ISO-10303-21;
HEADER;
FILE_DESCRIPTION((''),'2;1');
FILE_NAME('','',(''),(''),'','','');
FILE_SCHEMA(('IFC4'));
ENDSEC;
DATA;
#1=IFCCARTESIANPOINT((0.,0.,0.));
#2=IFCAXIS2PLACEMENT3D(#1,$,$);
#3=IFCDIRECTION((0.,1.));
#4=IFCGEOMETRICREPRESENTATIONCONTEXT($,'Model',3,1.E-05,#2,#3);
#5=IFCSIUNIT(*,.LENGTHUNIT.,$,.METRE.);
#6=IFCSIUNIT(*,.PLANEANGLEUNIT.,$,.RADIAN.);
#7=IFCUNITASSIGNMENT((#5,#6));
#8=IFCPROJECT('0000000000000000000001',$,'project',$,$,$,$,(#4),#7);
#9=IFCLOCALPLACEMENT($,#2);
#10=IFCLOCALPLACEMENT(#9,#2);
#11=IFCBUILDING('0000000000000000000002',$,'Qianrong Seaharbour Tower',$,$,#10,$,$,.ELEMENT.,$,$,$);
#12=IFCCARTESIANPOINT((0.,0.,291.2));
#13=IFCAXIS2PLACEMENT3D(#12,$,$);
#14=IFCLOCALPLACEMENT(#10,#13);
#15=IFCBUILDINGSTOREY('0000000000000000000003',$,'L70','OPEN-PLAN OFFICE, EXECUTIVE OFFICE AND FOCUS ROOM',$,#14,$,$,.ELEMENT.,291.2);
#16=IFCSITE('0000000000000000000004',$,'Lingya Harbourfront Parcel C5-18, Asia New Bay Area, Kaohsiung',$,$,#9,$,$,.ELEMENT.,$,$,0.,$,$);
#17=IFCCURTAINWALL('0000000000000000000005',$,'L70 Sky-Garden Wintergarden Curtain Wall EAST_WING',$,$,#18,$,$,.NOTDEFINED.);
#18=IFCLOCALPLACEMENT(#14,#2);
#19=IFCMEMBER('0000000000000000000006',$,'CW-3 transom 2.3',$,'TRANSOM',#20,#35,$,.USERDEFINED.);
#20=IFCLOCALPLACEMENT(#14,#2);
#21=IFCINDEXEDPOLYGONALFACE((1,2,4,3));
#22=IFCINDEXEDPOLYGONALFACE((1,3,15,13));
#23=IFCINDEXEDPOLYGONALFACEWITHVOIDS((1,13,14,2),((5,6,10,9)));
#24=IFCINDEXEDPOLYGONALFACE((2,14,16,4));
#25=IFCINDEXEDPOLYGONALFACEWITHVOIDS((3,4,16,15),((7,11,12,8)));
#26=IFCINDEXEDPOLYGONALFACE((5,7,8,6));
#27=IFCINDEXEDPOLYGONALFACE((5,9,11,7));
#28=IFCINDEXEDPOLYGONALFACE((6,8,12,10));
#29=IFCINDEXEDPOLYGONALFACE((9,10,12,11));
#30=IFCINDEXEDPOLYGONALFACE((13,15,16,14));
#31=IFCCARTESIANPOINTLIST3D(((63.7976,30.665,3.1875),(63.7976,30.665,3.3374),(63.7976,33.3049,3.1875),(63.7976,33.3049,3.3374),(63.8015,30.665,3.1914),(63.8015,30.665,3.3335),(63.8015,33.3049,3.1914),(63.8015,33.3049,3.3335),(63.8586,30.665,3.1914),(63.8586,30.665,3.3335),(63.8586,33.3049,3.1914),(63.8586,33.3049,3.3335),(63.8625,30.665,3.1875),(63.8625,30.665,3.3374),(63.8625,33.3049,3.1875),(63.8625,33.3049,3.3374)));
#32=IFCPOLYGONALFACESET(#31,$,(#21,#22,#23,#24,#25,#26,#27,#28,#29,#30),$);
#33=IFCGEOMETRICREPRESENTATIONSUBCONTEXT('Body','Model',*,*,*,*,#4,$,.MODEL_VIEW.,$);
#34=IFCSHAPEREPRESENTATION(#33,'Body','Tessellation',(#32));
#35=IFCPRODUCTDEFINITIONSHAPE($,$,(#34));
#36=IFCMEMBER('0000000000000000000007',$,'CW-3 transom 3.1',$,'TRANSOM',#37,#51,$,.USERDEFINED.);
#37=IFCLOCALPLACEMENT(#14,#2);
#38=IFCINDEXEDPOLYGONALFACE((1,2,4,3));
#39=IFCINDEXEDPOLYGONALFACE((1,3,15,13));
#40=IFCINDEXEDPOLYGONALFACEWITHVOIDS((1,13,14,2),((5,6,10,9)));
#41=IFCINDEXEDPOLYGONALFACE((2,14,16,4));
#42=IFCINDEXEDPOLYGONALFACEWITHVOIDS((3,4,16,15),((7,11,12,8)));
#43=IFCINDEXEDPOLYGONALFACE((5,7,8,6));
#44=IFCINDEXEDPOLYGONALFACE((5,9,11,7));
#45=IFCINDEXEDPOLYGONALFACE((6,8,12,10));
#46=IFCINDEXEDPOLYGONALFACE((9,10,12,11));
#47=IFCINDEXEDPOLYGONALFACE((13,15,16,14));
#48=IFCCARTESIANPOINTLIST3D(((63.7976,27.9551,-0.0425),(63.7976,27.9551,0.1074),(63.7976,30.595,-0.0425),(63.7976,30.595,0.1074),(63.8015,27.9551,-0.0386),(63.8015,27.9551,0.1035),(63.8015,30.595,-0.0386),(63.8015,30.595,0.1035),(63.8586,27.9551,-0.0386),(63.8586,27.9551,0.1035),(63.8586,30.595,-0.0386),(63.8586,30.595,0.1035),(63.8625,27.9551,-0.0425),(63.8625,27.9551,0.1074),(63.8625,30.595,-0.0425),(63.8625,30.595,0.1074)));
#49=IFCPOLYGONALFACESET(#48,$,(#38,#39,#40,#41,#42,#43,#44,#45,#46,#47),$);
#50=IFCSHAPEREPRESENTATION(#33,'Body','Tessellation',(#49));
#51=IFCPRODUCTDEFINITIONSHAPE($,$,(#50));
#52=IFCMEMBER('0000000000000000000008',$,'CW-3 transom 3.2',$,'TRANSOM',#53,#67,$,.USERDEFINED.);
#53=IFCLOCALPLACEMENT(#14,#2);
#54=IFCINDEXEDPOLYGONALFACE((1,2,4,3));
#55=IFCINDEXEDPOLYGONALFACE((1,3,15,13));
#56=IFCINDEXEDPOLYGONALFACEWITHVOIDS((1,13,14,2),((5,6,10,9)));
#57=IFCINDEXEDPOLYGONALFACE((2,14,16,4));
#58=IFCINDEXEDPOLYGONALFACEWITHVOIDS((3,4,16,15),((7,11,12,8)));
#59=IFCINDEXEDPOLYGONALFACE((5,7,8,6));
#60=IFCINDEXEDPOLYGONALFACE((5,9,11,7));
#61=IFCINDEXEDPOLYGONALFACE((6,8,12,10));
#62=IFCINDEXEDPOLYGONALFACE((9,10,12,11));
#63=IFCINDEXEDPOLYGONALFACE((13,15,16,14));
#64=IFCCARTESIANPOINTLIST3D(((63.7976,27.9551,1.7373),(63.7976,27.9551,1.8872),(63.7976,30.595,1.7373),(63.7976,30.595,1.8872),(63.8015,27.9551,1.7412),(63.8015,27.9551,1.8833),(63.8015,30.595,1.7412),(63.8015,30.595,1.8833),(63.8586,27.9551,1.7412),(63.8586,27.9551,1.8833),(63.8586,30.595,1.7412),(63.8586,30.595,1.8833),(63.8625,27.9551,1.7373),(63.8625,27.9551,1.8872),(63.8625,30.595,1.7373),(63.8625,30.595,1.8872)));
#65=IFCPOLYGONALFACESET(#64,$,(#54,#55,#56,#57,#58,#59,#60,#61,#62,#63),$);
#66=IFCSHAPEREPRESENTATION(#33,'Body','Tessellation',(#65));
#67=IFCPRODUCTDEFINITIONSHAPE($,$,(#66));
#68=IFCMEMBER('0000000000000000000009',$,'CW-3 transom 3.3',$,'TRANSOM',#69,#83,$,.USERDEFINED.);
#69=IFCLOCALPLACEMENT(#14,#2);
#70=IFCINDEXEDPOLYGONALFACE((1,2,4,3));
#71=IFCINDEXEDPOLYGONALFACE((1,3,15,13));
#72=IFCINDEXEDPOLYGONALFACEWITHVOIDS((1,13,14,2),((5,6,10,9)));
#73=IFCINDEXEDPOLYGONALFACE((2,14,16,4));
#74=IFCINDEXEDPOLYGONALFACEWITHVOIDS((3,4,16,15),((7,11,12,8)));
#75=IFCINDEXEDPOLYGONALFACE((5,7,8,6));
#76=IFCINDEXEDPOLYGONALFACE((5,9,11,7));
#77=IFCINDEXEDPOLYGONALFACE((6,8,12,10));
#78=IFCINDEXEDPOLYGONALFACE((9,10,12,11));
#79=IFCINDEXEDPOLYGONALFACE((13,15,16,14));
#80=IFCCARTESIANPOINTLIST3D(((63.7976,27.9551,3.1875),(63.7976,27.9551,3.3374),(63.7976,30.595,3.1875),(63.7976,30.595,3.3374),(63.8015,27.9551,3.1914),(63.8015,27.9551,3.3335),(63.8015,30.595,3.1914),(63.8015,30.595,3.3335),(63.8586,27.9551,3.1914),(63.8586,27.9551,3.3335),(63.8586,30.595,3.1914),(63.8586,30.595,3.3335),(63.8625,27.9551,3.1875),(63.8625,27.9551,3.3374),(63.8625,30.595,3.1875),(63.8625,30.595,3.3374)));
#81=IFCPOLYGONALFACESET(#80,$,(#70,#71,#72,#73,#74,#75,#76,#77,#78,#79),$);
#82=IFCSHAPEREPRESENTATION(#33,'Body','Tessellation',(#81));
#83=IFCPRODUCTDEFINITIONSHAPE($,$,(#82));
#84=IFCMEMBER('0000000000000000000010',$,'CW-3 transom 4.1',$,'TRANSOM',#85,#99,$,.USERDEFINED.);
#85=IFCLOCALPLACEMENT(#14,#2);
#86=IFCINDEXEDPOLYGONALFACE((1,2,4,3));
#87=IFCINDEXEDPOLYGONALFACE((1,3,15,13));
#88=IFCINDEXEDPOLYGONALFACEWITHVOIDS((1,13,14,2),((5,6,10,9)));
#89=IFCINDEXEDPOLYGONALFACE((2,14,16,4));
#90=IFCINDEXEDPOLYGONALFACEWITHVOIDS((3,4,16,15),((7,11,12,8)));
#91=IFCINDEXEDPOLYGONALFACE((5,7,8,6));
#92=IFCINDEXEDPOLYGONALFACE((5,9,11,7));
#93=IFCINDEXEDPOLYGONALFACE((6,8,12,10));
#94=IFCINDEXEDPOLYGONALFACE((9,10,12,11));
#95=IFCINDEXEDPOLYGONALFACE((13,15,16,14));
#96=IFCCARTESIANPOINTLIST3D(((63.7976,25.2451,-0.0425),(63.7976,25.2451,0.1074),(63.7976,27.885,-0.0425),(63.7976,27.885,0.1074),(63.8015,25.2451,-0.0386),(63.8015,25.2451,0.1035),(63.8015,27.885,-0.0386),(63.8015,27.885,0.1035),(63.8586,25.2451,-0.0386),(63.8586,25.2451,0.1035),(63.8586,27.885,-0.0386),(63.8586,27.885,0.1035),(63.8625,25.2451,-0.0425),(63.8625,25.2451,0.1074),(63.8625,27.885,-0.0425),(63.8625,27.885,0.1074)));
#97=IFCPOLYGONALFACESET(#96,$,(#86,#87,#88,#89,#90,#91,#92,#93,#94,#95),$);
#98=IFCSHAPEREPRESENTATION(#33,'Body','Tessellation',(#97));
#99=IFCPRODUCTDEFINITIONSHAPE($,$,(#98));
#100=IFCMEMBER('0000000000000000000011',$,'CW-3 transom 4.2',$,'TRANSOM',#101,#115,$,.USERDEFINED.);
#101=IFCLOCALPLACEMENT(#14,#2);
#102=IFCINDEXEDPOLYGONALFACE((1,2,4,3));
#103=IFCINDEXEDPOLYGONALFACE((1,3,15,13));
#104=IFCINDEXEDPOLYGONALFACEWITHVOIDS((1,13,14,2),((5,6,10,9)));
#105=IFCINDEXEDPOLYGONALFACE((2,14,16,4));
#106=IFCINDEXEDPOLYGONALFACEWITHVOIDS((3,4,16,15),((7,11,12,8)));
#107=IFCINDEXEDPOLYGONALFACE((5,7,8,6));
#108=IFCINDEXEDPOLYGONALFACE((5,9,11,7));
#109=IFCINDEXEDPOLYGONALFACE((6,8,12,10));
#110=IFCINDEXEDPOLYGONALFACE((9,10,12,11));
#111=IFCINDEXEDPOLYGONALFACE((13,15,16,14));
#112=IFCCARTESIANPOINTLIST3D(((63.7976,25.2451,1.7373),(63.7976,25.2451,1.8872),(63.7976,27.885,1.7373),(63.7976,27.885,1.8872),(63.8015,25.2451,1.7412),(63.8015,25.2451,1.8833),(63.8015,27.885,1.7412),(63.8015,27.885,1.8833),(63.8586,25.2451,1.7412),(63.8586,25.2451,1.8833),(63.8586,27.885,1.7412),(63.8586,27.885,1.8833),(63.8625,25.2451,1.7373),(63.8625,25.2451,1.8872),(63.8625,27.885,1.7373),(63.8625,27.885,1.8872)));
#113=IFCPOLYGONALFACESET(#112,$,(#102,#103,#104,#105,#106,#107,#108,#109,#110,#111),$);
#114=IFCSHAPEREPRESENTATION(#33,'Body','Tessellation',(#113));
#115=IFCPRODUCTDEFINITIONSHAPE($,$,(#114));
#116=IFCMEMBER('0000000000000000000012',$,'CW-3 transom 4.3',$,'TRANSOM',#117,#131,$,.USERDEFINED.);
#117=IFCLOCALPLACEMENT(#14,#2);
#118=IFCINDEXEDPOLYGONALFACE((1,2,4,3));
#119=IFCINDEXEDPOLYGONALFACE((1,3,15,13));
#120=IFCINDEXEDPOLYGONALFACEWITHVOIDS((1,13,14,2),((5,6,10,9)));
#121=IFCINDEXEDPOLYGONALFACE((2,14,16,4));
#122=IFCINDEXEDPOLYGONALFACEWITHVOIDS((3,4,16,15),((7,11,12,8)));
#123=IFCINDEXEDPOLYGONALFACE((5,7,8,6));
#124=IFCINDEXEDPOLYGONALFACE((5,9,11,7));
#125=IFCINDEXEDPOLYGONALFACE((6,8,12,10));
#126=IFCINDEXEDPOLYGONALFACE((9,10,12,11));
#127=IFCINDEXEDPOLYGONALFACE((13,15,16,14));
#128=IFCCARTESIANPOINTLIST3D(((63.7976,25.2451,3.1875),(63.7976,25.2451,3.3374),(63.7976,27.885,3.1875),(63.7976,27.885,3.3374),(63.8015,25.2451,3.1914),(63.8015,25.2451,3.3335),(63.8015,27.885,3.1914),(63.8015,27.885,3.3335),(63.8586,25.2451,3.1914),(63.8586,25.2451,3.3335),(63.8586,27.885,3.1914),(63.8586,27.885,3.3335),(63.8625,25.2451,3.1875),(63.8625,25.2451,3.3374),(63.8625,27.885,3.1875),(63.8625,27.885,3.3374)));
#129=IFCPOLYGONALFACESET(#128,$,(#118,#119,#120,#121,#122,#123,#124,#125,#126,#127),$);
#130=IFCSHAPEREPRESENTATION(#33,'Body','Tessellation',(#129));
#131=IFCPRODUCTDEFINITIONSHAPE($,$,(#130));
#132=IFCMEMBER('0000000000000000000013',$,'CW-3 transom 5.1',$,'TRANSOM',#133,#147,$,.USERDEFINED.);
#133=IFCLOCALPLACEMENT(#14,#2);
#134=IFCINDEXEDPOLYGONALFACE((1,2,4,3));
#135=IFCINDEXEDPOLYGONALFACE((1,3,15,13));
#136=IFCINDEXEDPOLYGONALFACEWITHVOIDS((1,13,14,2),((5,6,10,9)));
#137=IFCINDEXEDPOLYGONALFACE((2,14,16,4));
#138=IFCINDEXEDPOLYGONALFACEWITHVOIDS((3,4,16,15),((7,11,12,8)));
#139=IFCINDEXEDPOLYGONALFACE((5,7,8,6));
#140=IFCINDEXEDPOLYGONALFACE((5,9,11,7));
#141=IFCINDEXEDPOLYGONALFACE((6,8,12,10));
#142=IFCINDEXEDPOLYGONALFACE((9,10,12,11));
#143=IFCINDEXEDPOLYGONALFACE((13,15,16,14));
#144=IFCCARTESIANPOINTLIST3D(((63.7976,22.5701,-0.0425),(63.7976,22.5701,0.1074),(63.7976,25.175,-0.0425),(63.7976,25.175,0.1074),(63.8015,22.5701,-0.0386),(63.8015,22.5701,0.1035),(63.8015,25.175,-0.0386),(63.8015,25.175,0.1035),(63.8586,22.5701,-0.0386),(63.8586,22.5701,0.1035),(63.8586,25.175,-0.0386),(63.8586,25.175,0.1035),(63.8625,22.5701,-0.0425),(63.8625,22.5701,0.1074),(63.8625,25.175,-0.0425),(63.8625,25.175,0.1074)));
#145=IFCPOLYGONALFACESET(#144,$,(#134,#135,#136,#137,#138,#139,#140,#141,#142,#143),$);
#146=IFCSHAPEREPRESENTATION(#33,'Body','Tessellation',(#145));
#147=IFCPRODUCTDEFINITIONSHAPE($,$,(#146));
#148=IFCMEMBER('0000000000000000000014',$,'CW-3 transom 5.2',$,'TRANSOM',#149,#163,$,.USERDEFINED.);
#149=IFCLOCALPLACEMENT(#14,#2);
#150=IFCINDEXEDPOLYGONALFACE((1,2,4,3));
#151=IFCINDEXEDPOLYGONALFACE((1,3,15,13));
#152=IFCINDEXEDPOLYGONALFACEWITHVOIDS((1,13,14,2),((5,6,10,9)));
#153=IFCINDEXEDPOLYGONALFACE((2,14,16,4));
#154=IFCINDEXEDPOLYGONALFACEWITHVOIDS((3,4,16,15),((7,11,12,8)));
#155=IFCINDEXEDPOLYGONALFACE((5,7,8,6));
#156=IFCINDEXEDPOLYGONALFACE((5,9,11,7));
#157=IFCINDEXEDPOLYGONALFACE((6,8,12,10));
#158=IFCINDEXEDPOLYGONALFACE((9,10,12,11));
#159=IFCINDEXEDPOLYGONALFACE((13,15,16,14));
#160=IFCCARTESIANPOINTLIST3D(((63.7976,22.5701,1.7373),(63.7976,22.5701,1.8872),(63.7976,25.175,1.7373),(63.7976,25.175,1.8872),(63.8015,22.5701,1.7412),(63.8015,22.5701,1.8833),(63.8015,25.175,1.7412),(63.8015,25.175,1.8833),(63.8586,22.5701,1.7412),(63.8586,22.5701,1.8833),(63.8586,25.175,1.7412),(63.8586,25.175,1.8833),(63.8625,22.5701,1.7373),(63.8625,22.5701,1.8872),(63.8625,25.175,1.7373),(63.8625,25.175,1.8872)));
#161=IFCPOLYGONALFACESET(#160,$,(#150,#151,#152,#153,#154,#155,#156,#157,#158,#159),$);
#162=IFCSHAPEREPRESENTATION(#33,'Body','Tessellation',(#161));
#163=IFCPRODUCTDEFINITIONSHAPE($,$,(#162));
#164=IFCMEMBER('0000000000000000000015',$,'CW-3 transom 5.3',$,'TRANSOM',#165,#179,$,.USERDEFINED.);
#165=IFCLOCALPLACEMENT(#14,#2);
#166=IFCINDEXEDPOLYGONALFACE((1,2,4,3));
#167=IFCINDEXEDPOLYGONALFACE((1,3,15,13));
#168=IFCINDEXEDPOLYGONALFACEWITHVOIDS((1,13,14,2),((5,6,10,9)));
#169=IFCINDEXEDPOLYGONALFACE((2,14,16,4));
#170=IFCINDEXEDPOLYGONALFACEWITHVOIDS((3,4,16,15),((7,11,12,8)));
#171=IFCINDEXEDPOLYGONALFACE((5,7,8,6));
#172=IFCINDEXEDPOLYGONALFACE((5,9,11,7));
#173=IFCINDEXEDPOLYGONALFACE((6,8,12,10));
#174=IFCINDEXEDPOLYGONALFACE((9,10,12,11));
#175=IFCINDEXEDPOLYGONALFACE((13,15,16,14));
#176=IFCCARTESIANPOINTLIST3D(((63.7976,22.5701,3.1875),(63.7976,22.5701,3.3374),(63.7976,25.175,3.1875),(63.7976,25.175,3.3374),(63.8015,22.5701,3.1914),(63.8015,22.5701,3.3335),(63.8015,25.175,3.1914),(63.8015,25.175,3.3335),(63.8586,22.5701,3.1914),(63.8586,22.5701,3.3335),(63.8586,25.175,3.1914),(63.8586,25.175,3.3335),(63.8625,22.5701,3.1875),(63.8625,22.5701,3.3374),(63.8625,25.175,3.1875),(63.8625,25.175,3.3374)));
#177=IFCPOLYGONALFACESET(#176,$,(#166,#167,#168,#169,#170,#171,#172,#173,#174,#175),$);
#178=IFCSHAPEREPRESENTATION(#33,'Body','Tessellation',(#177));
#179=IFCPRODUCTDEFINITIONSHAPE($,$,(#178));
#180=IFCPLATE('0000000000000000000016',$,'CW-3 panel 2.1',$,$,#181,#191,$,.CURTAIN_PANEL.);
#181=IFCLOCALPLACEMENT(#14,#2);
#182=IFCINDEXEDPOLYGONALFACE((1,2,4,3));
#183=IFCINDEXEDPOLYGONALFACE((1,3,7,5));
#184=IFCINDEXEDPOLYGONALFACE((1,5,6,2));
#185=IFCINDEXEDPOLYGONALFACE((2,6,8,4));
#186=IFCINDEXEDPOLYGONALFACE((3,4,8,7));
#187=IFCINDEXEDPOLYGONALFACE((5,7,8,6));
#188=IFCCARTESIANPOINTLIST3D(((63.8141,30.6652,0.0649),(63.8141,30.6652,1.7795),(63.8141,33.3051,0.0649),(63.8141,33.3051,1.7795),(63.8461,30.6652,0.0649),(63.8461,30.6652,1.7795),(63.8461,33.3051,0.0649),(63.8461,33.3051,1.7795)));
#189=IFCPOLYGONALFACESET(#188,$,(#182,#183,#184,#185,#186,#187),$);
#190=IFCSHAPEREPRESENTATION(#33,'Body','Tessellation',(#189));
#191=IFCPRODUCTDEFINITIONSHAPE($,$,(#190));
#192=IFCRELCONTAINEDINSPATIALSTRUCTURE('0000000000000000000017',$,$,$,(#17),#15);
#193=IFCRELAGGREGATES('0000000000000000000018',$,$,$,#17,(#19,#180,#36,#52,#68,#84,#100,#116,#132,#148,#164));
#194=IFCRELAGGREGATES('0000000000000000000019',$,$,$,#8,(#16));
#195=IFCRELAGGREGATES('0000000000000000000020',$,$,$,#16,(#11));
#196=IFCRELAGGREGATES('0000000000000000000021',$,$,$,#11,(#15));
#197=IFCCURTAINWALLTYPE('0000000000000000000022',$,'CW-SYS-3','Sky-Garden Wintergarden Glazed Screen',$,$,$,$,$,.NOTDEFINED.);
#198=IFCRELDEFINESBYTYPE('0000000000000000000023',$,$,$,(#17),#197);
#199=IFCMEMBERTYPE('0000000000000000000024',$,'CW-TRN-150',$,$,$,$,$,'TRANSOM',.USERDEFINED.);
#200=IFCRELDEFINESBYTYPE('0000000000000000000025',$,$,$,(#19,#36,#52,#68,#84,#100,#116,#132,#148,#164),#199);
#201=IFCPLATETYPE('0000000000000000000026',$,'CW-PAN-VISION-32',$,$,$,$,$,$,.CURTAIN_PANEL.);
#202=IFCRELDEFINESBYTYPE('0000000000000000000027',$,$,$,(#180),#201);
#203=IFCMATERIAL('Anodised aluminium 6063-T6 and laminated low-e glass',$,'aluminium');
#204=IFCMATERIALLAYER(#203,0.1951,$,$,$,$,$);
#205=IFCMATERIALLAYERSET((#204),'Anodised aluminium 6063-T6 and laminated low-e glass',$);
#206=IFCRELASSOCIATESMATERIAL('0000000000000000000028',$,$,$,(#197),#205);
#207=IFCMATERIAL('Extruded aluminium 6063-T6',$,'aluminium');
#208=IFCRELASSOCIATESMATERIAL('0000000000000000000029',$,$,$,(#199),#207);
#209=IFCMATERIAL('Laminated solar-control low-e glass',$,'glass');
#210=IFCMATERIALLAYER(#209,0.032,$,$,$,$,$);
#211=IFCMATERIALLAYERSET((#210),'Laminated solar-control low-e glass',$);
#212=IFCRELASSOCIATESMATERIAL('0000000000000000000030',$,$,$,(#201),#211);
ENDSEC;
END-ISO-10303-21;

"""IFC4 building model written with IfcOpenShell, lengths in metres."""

from ifc_helpers import new_model, si_unit, direction, frame, origin, origin_2d, place, context, subcontext, project, spatial, rectangle, hollow_rectangle, extrude, material, layer, layer_set, material_profile, profile_set, type_object, element, aggregate, save


model = new_model("IFC4")

# Units and contexts
model_context = context("Model", 3, precision=1e-05, world=origin(), true_north=direction((0.0, 1.0)))
body_context = subcontext(model_context, "Body", "Model", "MODEL_VIEW")
ifc_project = project(units=[si_unit("LENGTHUNIT", "METRE"), si_unit("PLANEANGLEUNIT", "RADIAN")], contexts=[model_context])

# Site, building, storey
site_placement = place(None, origin())
site = spatial("IfcSite", under=ifc_project, at=site_placement, Name="Lingya Harbourfront Parcel C5-18, Asia New Bay Area, Kaohsiung", CompositionType="ELEMENT", RefElevation=0.0)
building_placement = place(site_placement, origin())
building = spatial("IfcBuilding", under=site, at=building_placement, Name="Qianrong Seaharbour Tower", CompositionType="ELEMENT")
storey_placement = place(building_placement, frame((0.0, 0.0, 291.2)))
storey = spatial("IfcBuildingStorey", under=building, at=storey_placement, Name="L70", Description="OPEN-PLAN OFFICE, EXECUTIVE OFFICE AND FOCUS ROOM", CompositionType="ELEMENT", Elevation=291.2)

# Curtain wall, members, plate
ifc_material_1 = material(Name="Anodised aluminium 6063-T6 and laminated low-e glass", Category="aluminium")
ifc_layer_1 = layer(ifc_material_1, 0.1951)
ifc_layer_set_1 = layer_set([ifc_layer_1], Name="Anodised aluminium 6063-T6 and laminated low-e glass")
curtain_wall_type = type_object("IfcCurtainWallType", Name="CW-SYS-3", Description="Sky-Garden Wintergarden Glazed Screen", PredefinedType="NOTDEFINED", material=ifc_layer_set_1)
curtain_wall_placement = place(storey_placement, origin())
curtain_wall = element("IfcCurtainWall", 1, at=curtain_wall_placement, inside=storey, type_object=curtain_wall_type, Name="L70 Sky-Garden Wintergarden Curtain Wall EAST_WING", PredefinedType="NOTDEFINED")
ifc_material_2 = material(Name="Extruded aluminium 6063-T6", Category="aluminium")
ifc_material_profile_1 = material_profile(ifc_material_2, hollow_rectangle(XDim=0.0649, YDim=0.1499, WallThickness=0.0039, at=origin_2d()), Name="ALU-TRN-150x65x4")
ifc_profile_set_1 = profile_set([ifc_material_profile_1], Name="Extruded aluminium 6063-T6")
member_type_1 = type_object("IfcMemberType", Name="CW-TRN-150", ElementType="TRANSOM", PredefinedType="USERDEFINED", material=ifc_profile_set_1)
member_1_placement = place(storey_placement, frame((63.8301, 33.3049, 3.2625), z_axis=(0.0, -1.0, 0.0), x_axis=(1.0, 0.0, 0.0)))
member_1 = element("IfcMember", 2, at=member_1_placement, type_object=member_type_1, Name="CW-3 transom 2.3", ObjectType="TRANSOM", PredefinedType="USERDEFINED", context=body_context, shape_type="SweptSolid", body=[
    extrude(hollow_rectangle(XDim=0.0649, YDim=0.1499, WallThickness=0.0039, at=origin_2d()), origin(), (0.0, 0.0, 1.0), 2.6399),
])
member_2_placement = place(storey_placement, frame((63.8301, 30.595, 0.0325), z_axis=(0.0, -1.0, 0.0), x_axis=(1.0, 0.0, 0.0)))
member_2 = element("IfcMember", 3, at=member_2_placement, type_object=member_type_1, Name="CW-3 transom 3.1", ObjectType="TRANSOM", PredefinedType="USERDEFINED", context=body_context, shape_type="SweptSolid", body=[
    extrude(hollow_rectangle(XDim=0.0649, YDim=0.1499, WallThickness=0.0039, at=origin_2d()), origin(), (0.0, 0.0, 1.0), 2.6399),
])
member_3_placement = place(storey_placement, frame((63.8301, 30.595, 1.8123), z_axis=(0.0, -1.0, 0.0), x_axis=(1.0, 0.0, 0.0)))
member_3 = element("IfcMember", 4, at=member_3_placement, type_object=member_type_1, Name="CW-3 transom 3.2", ObjectType="TRANSOM", PredefinedType="USERDEFINED", context=body_context, shape_type="SweptSolid", body=[
    extrude(hollow_rectangle(XDim=0.0649, YDim=0.1499, WallThickness=0.0039, at=origin_2d()), origin(), (0.0, 0.0, 1.0), 2.6399),
])
member_4_placement = place(storey_placement, frame((63.8301, 30.595, 3.2625), z_axis=(0.0, -1.0, 0.0), x_axis=(1.0, 0.0, 0.0)))
member_4 = element("IfcMember", 5, at=member_4_placement, type_object=member_type_1, Name="CW-3 transom 3.3", ObjectType="TRANSOM", PredefinedType="USERDEFINED", context=body_context, shape_type="SweptSolid", body=[
    extrude(hollow_rectangle(XDim=0.0649, YDim=0.1499, WallThickness=0.0039, at=origin_2d()), origin(), (0.0, 0.0, 1.0), 2.6399),
])
member_5_placement = place(storey_placement, frame((63.8301, 27.885, 0.0325), z_axis=(0.0, -1.0, 0.0), x_axis=(1.0, 0.0, 0.0)))
member_5 = element("IfcMember", 6, at=member_5_placement, type_object=member_type_1, Name="CW-3 transom 4.1", ObjectType="TRANSOM", PredefinedType="USERDEFINED", context=body_context, shape_type="SweptSolid", body=[
    extrude(hollow_rectangle(XDim=0.0649, YDim=0.1499, WallThickness=0.0039, at=origin_2d()), origin(), (0.0, 0.0, 1.0), 2.6399),
])
member_6_placement = place(storey_placement, frame((63.8301, 27.885, 1.8123), z_axis=(0.0, -1.0, 0.0), x_axis=(1.0, 0.0, 0.0)))
member_6 = element("IfcMember", 7, at=member_6_placement, type_object=member_type_1, Name="CW-3 transom 4.2", ObjectType="TRANSOM", PredefinedType="USERDEFINED", context=body_context, shape_type="SweptSolid", body=[
    extrude(hollow_rectangle(XDim=0.0649, YDim=0.1499, WallThickness=0.0039, at=origin_2d()), origin(), (0.0, 0.0, 1.0), 2.6399),
])
member_7_placement = place(storey_placement, frame((63.8301, 27.885, 3.2625), z_axis=(0.0, -1.0, 0.0), x_axis=(1.0, 0.0, 0.0)))
member_7 = element("IfcMember", 8, at=member_7_placement, type_object=member_type_1, Name="CW-3 transom 4.3", ObjectType="TRANSOM", PredefinedType="USERDEFINED", context=body_context, shape_type="SweptSolid", body=[
    extrude(hollow_rectangle(XDim=0.0649, YDim=0.1499, WallThickness=0.0039, at=origin_2d()), origin(), (0.0, 0.0, 1.0), 2.6399),
])
member_8_placement = place(storey_placement, frame((63.8301, 25.175, 0.0325), z_axis=(0.0, -1.0, 0.0), x_axis=(1.0, 0.0, 0.0)))
member_8 = element("IfcMember", 9, at=member_8_placement, type_object=member_type_1, Name="CW-3 transom 5.1", ObjectType="TRANSOM", PredefinedType="USERDEFINED", context=body_context, shape_type="SweptSolid", body=[
    extrude(hollow_rectangle(XDim=0.0649, YDim=0.1499, WallThickness=0.0039, at=origin_2d()), origin(), (0.0, 0.0, 1.0), 2.605),
])
member_9_placement = place(storey_placement, frame((63.8301, 25.175, 1.8123), z_axis=(0.0, -1.0, 0.0), x_axis=(1.0, 0.0, 0.0)))
member_9 = element("IfcMember", 10, at=member_9_placement, type_object=member_type_1, Name="CW-3 transom 5.2", ObjectType="TRANSOM", PredefinedType="USERDEFINED", context=body_context, shape_type="SweptSolid", body=[
    extrude(hollow_rectangle(XDim=0.0649, YDim=0.1499, WallThickness=0.0039, at=origin_2d()), origin(), (0.0, 0.0, 1.0), 2.605),
])
member_10_placement = place(storey_placement, frame((63.8301, 25.175, 3.2625), z_axis=(0.0, -1.0, 0.0), x_axis=(1.0, 0.0, 0.0)))
member_10 = element("IfcMember", 11, at=member_10_placement, type_object=member_type_1, Name="CW-3 transom 5.3", ObjectType="TRANSOM", PredefinedType="USERDEFINED", context=body_context, shape_type="SweptSolid", body=[
    extrude(hollow_rectangle(XDim=0.0649, YDim=0.1499, WallThickness=0.0039, at=origin_2d()), origin(), (0.0, 0.0, 1.0), 2.605),
])
ifc_material_3 = material(Name="Laminated solar-control low-e glass", Category="glass")
ifc_layer_2 = layer(ifc_material_3, 0.032)
ifc_layer_set_2 = layer_set([ifc_layer_2], Name="Laminated solar-control low-e glass")
plate_type = type_object("IfcPlateType", Name="CW-PAN-VISION-32", PredefinedType="CURTAIN_PANEL", material=ifc_layer_set_2)
plate_1_placement = place(storey_placement, frame((63.8301, 31.9851, 0.0649), z_axis=(0.0, 0.0, 1.0), x_axis=(0.0, -1.0, 0.0)))
plate_1 = element("IfcPlate", 12, at=plate_1_placement, type_object=plate_type, Name="CW-3 panel 2.1", PredefinedType="CURTAIN_PANEL", context=body_context, shape_type="SweptSolid", body=[
    extrude(rectangle(XDim=2.6399, YDim=0.032, at=origin_2d()), origin(), (0.0, 0.0, 1.0), 1.7146),
])
aggregate(curtain_wall, [member_1, plate_1, member_2, member_3, member_4, member_5, member_6, member_7, member_8, member_9, member_10])

save(model, "model.ifc")
